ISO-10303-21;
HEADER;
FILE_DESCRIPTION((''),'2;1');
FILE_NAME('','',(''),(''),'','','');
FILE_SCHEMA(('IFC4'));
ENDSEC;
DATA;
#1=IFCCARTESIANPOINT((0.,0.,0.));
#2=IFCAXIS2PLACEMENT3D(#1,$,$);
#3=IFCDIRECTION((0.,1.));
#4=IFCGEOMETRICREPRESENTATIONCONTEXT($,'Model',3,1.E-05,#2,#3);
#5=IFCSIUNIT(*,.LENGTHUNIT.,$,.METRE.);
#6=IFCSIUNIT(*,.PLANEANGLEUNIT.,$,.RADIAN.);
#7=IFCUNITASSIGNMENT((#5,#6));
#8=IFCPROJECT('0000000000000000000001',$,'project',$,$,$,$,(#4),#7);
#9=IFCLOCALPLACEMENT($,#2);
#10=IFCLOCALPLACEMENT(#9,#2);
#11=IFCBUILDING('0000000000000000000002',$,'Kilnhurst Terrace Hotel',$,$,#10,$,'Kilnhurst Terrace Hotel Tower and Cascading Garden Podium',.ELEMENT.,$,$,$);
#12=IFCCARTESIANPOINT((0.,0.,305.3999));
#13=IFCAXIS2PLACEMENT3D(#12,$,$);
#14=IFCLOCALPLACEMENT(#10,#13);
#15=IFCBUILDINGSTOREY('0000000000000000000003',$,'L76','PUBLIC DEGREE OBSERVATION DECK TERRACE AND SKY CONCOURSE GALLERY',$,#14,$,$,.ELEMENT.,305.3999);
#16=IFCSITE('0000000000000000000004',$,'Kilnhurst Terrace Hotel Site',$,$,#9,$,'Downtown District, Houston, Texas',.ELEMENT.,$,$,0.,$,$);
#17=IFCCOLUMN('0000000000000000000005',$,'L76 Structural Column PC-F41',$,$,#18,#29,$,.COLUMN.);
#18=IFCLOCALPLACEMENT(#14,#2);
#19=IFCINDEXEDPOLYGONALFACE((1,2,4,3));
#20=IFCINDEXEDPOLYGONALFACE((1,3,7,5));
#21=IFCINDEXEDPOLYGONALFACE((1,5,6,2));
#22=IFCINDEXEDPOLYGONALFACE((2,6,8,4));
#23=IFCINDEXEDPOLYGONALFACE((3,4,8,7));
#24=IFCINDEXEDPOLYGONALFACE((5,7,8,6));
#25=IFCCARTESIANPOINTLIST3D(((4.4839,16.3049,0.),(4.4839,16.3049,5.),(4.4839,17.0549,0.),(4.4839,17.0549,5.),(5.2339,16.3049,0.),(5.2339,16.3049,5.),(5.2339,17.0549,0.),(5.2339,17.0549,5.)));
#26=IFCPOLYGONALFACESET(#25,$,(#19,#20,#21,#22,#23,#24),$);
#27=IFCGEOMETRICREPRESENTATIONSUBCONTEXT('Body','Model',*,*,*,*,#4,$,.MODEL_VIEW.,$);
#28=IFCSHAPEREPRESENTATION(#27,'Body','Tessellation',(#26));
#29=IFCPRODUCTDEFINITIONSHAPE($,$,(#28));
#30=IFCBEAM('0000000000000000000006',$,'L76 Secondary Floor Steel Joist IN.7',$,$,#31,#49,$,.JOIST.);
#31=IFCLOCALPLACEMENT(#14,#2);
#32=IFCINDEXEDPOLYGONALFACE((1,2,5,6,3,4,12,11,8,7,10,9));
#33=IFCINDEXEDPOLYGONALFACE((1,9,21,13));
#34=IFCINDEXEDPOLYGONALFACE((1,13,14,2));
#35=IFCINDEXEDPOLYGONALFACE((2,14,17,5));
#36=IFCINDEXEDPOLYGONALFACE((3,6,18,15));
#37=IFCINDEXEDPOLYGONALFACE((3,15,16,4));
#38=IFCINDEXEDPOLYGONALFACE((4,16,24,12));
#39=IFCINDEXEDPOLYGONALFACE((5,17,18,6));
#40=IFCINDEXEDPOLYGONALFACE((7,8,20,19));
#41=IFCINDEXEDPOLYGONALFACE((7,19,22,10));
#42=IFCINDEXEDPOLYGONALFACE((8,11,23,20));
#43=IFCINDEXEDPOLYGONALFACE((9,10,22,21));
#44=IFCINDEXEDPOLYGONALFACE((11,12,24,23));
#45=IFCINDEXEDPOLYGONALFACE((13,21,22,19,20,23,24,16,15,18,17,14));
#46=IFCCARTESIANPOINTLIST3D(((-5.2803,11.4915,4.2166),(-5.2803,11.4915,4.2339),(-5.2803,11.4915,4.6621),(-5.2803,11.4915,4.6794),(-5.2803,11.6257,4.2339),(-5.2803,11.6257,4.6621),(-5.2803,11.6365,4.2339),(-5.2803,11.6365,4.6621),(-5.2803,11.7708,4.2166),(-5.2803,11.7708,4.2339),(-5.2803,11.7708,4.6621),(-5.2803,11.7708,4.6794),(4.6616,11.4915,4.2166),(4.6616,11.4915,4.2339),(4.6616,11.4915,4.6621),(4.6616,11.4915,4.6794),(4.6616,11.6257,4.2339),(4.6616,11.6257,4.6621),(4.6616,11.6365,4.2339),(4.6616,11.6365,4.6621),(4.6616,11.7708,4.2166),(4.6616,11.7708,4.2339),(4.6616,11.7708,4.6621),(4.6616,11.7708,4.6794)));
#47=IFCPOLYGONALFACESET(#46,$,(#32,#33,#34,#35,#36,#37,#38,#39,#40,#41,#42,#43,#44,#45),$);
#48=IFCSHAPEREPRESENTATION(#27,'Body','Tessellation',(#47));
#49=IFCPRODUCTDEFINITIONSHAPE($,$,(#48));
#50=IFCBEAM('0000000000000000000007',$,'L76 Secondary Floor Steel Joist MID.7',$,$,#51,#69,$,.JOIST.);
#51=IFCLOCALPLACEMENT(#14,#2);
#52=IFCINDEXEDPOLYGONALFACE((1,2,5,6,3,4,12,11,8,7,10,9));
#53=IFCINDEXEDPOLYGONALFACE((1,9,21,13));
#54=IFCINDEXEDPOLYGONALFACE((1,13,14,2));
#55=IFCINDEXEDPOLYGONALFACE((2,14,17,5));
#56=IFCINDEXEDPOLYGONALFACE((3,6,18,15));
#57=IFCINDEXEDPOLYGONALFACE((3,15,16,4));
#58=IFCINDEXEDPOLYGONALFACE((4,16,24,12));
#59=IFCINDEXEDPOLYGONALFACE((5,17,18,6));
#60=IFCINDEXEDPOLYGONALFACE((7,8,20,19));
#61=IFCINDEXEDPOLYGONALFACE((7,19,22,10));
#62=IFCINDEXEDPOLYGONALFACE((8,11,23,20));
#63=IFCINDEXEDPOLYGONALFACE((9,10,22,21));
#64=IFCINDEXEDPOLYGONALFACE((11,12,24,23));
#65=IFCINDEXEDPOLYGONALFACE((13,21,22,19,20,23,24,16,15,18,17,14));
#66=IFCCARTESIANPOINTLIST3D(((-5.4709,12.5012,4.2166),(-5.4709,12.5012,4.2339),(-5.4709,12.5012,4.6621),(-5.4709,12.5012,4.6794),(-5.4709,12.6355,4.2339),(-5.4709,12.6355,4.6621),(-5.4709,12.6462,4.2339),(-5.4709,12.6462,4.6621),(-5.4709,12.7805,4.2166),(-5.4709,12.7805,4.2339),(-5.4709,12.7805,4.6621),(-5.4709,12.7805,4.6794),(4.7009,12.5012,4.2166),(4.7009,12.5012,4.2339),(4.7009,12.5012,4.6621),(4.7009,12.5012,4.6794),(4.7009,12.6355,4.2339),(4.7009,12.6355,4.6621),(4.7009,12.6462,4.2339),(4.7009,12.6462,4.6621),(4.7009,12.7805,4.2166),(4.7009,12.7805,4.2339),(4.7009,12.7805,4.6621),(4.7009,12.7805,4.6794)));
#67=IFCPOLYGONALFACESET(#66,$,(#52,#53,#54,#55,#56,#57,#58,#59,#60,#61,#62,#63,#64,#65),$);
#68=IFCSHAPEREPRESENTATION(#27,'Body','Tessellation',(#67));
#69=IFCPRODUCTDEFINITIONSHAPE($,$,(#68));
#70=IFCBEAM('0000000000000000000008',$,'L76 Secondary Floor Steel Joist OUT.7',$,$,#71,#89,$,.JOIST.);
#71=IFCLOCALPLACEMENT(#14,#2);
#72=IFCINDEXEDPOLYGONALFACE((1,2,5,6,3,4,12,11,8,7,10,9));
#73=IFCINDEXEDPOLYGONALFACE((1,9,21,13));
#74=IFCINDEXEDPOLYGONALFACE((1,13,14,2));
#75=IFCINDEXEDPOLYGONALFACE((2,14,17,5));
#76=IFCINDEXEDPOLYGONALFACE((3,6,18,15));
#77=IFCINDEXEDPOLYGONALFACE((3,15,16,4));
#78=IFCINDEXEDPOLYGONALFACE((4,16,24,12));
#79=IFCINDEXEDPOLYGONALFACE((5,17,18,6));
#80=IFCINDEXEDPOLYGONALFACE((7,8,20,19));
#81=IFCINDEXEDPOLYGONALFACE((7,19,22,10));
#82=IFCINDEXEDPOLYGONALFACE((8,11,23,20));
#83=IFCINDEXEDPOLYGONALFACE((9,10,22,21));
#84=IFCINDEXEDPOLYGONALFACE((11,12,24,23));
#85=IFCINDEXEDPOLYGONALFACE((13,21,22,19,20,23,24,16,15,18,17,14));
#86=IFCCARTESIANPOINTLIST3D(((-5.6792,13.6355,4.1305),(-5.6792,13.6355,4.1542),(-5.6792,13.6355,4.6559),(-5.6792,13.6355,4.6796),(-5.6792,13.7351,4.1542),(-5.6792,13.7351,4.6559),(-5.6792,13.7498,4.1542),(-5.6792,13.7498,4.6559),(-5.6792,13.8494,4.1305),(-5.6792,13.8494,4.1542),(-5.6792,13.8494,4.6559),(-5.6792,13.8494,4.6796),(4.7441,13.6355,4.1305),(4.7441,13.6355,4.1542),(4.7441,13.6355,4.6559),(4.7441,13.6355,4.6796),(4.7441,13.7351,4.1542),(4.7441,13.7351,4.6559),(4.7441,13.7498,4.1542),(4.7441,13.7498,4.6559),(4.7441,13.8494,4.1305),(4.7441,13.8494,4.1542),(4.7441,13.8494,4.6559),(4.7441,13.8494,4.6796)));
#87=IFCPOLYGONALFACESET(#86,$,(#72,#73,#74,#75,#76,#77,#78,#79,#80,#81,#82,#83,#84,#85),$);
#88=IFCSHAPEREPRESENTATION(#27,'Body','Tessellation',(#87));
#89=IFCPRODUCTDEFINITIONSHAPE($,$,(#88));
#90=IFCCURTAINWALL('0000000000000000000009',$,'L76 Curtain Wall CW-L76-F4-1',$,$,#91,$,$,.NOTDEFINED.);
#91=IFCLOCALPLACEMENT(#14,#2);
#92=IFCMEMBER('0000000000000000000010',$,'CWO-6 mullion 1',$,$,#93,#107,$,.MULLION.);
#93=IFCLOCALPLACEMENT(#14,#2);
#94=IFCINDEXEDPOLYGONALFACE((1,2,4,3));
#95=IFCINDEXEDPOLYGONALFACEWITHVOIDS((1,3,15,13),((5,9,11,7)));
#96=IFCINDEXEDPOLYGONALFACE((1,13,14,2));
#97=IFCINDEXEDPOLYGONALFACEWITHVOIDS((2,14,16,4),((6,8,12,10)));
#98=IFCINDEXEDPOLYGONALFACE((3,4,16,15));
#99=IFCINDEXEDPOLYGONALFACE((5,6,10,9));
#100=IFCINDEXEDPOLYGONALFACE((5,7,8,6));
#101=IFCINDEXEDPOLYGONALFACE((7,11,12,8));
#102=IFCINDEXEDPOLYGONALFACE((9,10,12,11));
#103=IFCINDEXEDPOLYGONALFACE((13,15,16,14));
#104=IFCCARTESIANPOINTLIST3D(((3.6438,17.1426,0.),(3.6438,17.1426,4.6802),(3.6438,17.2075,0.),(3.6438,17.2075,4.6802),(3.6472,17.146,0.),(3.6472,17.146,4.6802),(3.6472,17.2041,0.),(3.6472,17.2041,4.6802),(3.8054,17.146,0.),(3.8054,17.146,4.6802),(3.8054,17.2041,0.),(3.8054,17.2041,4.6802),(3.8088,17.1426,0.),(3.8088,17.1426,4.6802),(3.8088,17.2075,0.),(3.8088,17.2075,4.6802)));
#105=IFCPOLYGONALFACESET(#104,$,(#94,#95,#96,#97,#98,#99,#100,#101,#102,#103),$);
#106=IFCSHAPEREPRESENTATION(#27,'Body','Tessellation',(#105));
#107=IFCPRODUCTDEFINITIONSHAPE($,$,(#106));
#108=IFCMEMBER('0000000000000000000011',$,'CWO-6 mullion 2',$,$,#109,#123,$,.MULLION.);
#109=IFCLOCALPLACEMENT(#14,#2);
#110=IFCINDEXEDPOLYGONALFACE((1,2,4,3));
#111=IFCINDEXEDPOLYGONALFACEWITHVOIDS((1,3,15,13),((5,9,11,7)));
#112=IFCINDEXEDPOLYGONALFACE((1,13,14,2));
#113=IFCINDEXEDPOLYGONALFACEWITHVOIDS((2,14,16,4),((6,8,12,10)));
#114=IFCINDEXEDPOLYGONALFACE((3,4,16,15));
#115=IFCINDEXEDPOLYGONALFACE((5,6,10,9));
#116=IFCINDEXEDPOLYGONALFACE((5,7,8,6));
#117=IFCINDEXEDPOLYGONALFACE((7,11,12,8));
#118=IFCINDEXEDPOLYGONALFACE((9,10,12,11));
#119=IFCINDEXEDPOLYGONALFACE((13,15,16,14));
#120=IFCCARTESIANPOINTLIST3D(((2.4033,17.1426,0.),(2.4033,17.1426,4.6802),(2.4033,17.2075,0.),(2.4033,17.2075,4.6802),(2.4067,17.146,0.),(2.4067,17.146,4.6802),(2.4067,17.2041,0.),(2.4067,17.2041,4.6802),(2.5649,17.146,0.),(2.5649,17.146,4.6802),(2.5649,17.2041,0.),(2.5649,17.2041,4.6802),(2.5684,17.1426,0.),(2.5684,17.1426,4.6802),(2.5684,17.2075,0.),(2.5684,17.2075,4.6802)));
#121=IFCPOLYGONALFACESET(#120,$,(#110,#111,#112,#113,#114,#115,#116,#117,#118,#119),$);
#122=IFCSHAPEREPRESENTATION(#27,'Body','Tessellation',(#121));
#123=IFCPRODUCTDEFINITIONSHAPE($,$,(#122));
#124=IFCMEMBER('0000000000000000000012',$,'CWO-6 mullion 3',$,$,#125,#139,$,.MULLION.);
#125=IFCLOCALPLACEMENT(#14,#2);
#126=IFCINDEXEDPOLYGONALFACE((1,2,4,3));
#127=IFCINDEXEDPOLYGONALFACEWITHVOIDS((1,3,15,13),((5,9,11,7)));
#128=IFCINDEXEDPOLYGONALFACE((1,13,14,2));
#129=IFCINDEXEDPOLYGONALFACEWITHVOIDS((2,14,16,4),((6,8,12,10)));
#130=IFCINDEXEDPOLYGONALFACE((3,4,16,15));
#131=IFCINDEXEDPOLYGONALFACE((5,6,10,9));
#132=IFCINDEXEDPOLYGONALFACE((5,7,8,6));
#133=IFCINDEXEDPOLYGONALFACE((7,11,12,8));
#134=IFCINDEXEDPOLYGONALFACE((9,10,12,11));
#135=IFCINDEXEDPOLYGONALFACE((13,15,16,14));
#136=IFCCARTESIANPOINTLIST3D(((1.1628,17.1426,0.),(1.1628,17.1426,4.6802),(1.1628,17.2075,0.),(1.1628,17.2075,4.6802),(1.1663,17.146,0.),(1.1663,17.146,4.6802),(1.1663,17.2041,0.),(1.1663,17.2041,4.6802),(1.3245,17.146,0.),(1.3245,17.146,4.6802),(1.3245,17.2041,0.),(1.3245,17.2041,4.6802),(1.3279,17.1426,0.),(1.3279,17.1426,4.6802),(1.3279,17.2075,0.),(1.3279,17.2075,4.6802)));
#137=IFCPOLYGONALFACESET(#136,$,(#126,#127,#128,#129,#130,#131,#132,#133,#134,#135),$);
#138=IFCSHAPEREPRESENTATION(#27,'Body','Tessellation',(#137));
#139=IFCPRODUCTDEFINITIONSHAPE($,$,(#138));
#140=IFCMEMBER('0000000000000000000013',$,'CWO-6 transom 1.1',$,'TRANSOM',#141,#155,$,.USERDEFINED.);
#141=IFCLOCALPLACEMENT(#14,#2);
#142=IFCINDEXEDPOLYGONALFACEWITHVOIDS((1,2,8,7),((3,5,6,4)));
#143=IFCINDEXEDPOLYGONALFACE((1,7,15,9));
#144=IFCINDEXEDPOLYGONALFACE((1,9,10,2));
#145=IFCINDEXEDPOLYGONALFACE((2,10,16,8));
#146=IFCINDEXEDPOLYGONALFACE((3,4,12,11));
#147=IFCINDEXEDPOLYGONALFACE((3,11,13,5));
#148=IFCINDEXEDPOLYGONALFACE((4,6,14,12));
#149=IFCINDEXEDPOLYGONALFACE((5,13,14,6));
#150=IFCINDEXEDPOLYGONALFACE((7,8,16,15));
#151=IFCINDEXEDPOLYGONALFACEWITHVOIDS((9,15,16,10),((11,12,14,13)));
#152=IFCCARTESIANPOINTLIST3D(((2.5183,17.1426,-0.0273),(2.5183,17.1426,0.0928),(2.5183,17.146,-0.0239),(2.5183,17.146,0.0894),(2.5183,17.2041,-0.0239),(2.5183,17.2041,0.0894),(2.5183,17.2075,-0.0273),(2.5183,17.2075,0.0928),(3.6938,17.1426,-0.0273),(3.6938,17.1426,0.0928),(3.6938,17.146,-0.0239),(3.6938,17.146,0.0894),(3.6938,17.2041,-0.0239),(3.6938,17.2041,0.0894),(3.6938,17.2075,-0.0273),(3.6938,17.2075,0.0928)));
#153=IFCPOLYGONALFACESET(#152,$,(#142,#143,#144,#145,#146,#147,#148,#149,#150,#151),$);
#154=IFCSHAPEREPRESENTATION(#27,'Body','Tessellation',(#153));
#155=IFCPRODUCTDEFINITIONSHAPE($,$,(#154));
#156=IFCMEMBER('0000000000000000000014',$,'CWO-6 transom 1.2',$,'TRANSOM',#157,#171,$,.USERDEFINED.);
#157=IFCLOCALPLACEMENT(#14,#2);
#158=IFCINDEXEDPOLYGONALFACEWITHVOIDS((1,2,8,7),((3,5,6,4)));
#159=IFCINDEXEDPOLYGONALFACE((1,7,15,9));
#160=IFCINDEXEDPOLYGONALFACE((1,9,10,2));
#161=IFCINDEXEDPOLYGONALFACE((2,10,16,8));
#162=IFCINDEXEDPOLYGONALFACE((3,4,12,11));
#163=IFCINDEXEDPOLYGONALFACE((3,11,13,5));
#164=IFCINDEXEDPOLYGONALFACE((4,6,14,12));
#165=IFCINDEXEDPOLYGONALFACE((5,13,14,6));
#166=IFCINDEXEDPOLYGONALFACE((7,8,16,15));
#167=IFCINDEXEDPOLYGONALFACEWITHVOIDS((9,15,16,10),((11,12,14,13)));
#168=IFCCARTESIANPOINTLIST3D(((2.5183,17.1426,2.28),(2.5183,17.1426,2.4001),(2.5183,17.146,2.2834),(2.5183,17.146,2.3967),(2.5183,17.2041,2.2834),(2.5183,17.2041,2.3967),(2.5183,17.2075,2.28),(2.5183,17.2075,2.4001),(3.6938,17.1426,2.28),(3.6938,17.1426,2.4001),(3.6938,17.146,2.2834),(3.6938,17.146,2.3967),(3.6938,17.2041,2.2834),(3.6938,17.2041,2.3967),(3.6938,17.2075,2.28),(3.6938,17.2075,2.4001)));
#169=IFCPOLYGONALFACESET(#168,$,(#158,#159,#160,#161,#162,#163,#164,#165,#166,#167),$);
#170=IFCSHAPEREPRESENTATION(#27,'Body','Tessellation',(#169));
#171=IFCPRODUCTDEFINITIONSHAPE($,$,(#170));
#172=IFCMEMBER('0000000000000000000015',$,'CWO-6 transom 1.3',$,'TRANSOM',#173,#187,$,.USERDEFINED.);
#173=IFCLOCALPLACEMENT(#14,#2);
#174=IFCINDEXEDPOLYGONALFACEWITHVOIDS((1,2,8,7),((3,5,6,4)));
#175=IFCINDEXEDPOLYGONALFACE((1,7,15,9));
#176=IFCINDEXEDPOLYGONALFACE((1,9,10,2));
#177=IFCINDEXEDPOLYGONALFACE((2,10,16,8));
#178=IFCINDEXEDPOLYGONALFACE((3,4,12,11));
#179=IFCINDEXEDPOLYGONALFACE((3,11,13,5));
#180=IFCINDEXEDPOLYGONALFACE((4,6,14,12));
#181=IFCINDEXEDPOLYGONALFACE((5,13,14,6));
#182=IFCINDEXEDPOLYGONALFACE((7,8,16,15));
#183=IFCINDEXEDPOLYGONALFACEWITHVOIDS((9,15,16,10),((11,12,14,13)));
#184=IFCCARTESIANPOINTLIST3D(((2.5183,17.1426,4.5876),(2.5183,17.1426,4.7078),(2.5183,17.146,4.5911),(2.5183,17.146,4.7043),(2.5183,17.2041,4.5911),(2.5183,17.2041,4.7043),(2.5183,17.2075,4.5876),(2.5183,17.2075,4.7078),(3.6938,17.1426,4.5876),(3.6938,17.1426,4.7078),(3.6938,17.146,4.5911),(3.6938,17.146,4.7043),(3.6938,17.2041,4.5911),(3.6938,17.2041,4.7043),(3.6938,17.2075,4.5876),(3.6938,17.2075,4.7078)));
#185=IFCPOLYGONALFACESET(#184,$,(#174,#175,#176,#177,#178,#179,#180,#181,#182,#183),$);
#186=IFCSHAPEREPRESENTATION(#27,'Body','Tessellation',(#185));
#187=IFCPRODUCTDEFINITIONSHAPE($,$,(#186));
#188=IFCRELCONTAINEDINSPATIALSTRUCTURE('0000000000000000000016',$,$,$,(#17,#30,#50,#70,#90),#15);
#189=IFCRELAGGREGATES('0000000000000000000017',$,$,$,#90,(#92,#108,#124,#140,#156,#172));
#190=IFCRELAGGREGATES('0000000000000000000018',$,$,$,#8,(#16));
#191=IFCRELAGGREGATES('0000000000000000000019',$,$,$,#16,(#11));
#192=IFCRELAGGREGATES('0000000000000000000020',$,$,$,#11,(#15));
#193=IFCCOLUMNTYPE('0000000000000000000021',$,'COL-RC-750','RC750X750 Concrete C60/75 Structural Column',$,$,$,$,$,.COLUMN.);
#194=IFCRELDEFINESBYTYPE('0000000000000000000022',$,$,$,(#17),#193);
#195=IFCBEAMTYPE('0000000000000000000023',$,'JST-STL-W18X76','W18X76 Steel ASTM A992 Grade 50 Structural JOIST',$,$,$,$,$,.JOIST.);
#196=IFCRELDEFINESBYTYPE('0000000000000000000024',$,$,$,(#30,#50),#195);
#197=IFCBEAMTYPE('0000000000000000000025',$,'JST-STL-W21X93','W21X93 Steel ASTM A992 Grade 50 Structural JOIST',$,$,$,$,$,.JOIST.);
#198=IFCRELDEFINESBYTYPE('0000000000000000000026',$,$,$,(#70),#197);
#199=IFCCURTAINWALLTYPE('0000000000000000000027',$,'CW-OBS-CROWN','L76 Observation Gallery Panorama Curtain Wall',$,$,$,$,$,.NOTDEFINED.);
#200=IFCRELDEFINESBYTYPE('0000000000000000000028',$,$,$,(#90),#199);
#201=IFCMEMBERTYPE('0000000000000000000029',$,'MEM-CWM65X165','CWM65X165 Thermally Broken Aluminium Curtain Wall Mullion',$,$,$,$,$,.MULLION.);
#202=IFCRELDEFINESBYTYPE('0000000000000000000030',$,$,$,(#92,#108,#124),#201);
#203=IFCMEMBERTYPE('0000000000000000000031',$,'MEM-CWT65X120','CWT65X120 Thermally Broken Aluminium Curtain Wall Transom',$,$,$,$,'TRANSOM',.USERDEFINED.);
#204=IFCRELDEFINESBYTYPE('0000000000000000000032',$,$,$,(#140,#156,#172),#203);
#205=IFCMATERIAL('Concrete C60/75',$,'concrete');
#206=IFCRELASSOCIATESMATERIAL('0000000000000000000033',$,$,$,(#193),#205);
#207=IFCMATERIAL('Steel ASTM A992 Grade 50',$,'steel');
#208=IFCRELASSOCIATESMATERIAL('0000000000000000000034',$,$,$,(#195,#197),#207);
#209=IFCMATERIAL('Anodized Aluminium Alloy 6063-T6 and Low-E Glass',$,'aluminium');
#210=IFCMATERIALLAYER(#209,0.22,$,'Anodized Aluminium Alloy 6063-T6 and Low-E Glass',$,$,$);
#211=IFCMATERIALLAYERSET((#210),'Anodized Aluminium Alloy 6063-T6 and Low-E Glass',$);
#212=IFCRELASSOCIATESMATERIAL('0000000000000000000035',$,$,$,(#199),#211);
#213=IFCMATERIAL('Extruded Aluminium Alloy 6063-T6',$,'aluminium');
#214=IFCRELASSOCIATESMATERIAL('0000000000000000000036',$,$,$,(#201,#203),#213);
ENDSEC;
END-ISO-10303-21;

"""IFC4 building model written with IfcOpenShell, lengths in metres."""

from ifc_helpers import new_model, si_unit, direction, frame, origin, origin_2d, place, context, subcontext, project, spatial, rectangle, hollow_rectangle, i_section, extrude, material, layer, layer_set, material_profile, profile_set, type_object, element, aggregate, save


model = new_model("IFC4")

# Units and contexts
model_context = context("Model", 3, precision=1e-05, world=origin(), true_north=direction((0.0, 1.0)))
body_context = subcontext(model_context, "Body", "Model", "MODEL_VIEW")
ifc_project = project(units=[si_unit("LENGTHUNIT", "METRE"), si_unit("PLANEANGLEUNIT", "RADIAN")], contexts=[model_context])

# Site, building, storey
site_placement = place(None, origin())
site = spatial("IfcSite", under=ifc_project, at=site_placement, Name="Kilnhurst Terrace Hotel Site", LongName="Downtown District, Houston, Texas", CompositionType="ELEMENT", RefElevation=0.0)
building_placement = place(site_placement, origin())
building = spatial("IfcBuilding", under=site, at=building_placement, Name="Kilnhurst Terrace Hotel", LongName="Kilnhurst Terrace Hotel Tower and Cascading Garden Podium", CompositionType="ELEMENT")
storey_placement = place(building_placement, frame((0.0, 0.0, 305.3999)))
storey = spatial("IfcBuildingStorey", under=building, at=storey_placement, Name="L76", Description="PUBLIC DEGREE OBSERVATION DECK TERRACE AND SKY CONCOURSE GALLERY", CompositionType="ELEMENT", Elevation=305.3999)

# Column
ifc_material_1 = material(Name="Concrete C60/75", Category="concrete")
ifc_material_profile_1 = material_profile(ifc_material_1, rectangle(XDim=0.75, YDim=0.75, at=origin_2d()), Name="RC750X750")
ifc_profile_set_1 = profile_set([ifc_material_profile_1], Name="Concrete C60/75")
column_type = type_object("IfcColumnType", Name="COL-RC-750", Description="RC750X750 Concrete C60/75 Structural Column", PredefinedType="COLUMN", material=ifc_profile_set_1)
column_placement = place(storey_placement, frame((4.8589, 16.6799, 0.0), z_axis=(0.0, 0.0, 1.0), x_axis=(1.0, 0.0, 0.0)))
element("IfcColumn", 1, at=column_placement, inside=storey, type_object=column_type, Name="L76 Structural Column PC-F41", PredefinedType="COLUMN", context=body_context, shape_type="SweptSolid", body=[
    extrude(rectangle(XDim=0.75, YDim=0.75, at=origin_2d()), origin(), (0.0, 0.0, 1.0), 5.0),
])

# Beams
ifc_material_2 = material(Name="Steel ASTM A992 Grade 50", Category="steel")
ifc_material_profile_2 = material_profile(ifc_material_2, i_section(OverallWidth=0.2793, OverallDepth=0.4629, WebThickness=0.0107, FlangeThickness=0.0173, at=origin_2d()), Name="W18X76")
ifc_profile_set_2 = profile_set([ifc_material_profile_2], Name="Steel ASTM A992 Grade 50")
beam_type_1 = type_object("IfcBeamType", Name="JST-STL-W18X76", Description="W18X76 Steel ASTM A992 Grade 50 Structural JOIST", PredefinedType="JOIST", material=ifc_profile_set_2)
beam_1_placement = place(storey_placement, frame((4.6616, 11.6311, 4.448), z_axis=(-1.0, 0.0, 0.0), x_axis=(0.0, -1.0, 0.0)))
element("IfcBeam", 2, at=beam_1_placement, inside=storey, type_object=beam_type_1, Name="L76 Secondary Floor Steel Joist IN.7", PredefinedType="JOIST", context=body_context, shape_type="SweptSolid", body=[
    extrude(i_section(OverallWidth=0.2793, OverallDepth=0.4629, WebThickness=0.0107, FlangeThickness=0.0173, at=origin_2d()), origin(), (0.0, 0.0, 1.0), 9.9419),
])
beam_2_placement = place(storey_placement, frame((4.7009, 12.6409, 4.448), z_axis=(-1.0, 0.0, 0.0), x_axis=(0.0, -1.0, 0.0)))
element("IfcBeam", 3, at=beam_2_placement, inside=storey, type_object=beam_type_1, Name="L76 Secondary Floor Steel Joist MID.7", PredefinedType="JOIST", context=body_context, shape_type="SweptSolid", body=[
    extrude(i_section(OverallWidth=0.2793, OverallDepth=0.4629, WebThickness=0.0107, FlangeThickness=0.0173, at=origin_2d()), origin(), (0.0, 0.0, 1.0), 10.1719),
])
ifc_material_profile_3 = material_profile(ifc_material_2, i_section(OverallWidth=0.2139, OverallDepth=0.5491, WebThickness=0.0146, FlangeThickness=0.0237, at=origin_2d()), Name="W21X93")
ifc_profile_set_3 = profile_set([ifc_material_profile_3], Name="Steel ASTM A992 Grade 50")
beam_type_2 = type_object("IfcBeamType", Name="JST-STL-W21X93", Description="W21X93 Steel ASTM A992 Grade 50 Structural JOIST", PredefinedType="JOIST", material=ifc_profile_set_3)
beam_3_placement = place(storey_placement, frame((4.7441, 13.7424, 4.405), z_axis=(-1.0, 0.0, 0.0), x_axis=(0.0, -1.0, 0.0)))
element("IfcBeam", 4, at=beam_3_placement, inside=storey, type_object=beam_type_2, Name="L76 Secondary Floor Steel Joist OUT.7", PredefinedType="JOIST", context=body_context, shape_type="SweptSolid", body=[
    extrude(i_section(OverallWidth=0.2139, OverallDepth=0.5491, WebThickness=0.0146, FlangeThickness=0.0237, at=origin_2d()), origin(), (0.0, 0.0, 1.0), 10.4233),
])

# Curtain wall, members
ifc_material_3 = material(Name="Anodized Aluminium Alloy 6063-T6 and Low-E Glass", Category="aluminium")
ifc_layer_1 = layer(ifc_material_3, 0.22, Name="Anodized Aluminium Alloy 6063-T6 and Low-E Glass")
ifc_layer_set_1 = layer_set([ifc_layer_1], Name="Anodized Aluminium Alloy 6063-T6 and Low-E Glass")
curtain_wall_type = type_object("IfcCurtainWallType", Name="CW-OBS-CROWN", Description="L76 Observation Gallery Panorama Curtain Wall", PredefinedType="NOTDEFINED", material=ifc_layer_set_1)
curtain_wall_placement = place(storey_placement, origin())
curtain_wall = element("IfcCurtainWall", 5, at=curtain_wall_placement, inside=storey, type_object=curtain_wall_type, Name="L76 Curtain Wall CW-L76-F4-1", PredefinedType="NOTDEFINED")
ifc_material_4 = material(Name="Extruded Aluminium Alloy 6063-T6", Category="aluminium")
ifc_material_profile_4 = material_profile(ifc_material_4, hollow_rectangle(XDim=0.0649, YDim=0.165, WallThickness=0.0034, at=origin_2d()), Name="CWM65X165")
ifc_profile_set_4 = profile_set([ifc_material_profile_4], Name="Extruded Aluminium Alloy 6063-T6")
member_type_1 = type_object("IfcMemberType", Name="MEM-CWM65X165", Description="CWM65X165 Thermally Broken Aluminium Curtain Wall Mullion", PredefinedType="MULLION", material=ifc_profile_set_4)
member_1_placement = place(storey_placement, frame((3.7263, 17.175, 0.0), z_axis=(0.0, 0.0, 1.0), x_axis=(0.0, -1.0, 0.0)))
member_1 = element("IfcMember", 6, at=member_1_placement, type_object=member_type_1, Name="CWO-6 mullion 1", PredefinedType="MULLION", context=body_context, shape_type="SweptSolid", body=[
    extrude(hollow_rectangle(XDim=0.0649, YDim=0.165, WallThickness=0.0034, at=origin_2d()), origin(), (0.0, 0.0, 1.0), 4.6802),
])
member_2_placement = place(storey_placement, frame((2.4858, 17.175, 0.0), z_axis=(0.0, 0.0, 1.0), x_axis=(0.0, -1.0, 0.0)))
member_2 = element("IfcMember", 7, at=member_2_placement, type_object=member_type_1, Name="CWO-6 mullion 2", PredefinedType="MULLION", context=body_context, shape_type="SweptSolid", body=[
    extrude(hollow_rectangle(XDim=0.0649, YDim=0.165, WallThickness=0.0034, at=origin_2d()), origin(), (0.0, 0.0, 1.0), 4.6802),
])
member_3_placement = place(storey_placement, frame((1.2454, 17.175, 0.0), z_axis=(0.0, 0.0, 1.0), x_axis=(0.0, -1.0, 0.0)))
member_3 = element("IfcMember", 8, at=member_3_placement, type_object=member_type_1, Name="CWO-6 mullion 3", PredefinedType="MULLION", context=body_context, shape_type="SweptSolid", body=[
    extrude(hollow_rectangle(XDim=0.0649, YDim=0.165, WallThickness=0.0034, at=origin_2d()), origin(), (0.0, 0.0, 1.0), 4.6802),
])
ifc_material_profile_5 = material_profile(ifc_material_4, hollow_rectangle(XDim=0.0649, YDim=0.1201, WallThickness=0.0034, at=origin_2d()), Name="CWT65X120")
ifc_profile_set_5 = profile_set([ifc_material_profile_5], Name="Extruded Aluminium Alloy 6063-T6")
member_type_2 = type_object("IfcMemberType", Name="MEM-CWT65X120", Description="CWT65X120 Thermally Broken Aluminium Curtain Wall Transom", ElementType="TRANSOM", PredefinedType="USERDEFINED", material=ifc_profile_set_5)
member_4_placement = place(storey_placement, frame((3.6938, 17.175, 0.0327), z_axis=(-1.0, 0.0, 0.0), x_axis=(0.0, -1.0, 0.0)))
member_4 = element("IfcMember", 9, at=member_4_placement, type_object=member_type_2, Name="CWO-6 transom 1.1", ObjectType="TRANSOM", PredefinedType="USERDEFINED", context=body_context, shape_type="SweptSolid", body=[
    extrude(hollow_rectangle(XDim=0.0649, YDim=0.1201, WallThickness=0.0034, at=origin_2d()), origin(), (0.0, 0.0, 1.0), 1.1755),
])
member_5_placement = place(storey_placement, frame((3.6938, 17.175, 2.3401), z_axis=(-1.0, 0.0, 0.0), x_axis=(0.0, -1.0, 0.0)))
member_5 = element("IfcMember", 10, at=member_5_placement, type_object=member_type_2, Name="CWO-6 transom 1.2", ObjectType="TRANSOM", PredefinedType="USERDEFINED", context=body_context, shape_type="SweptSolid", body=[
    extrude(hollow_rectangle(XDim=0.0649, YDim=0.1201, WallThickness=0.0034, at=origin_2d()), origin(), (0.0, 0.0, 1.0), 1.1755),
])
member_6_placement = place(storey_placement, frame((3.6938, 17.175, 4.6477), z_axis=(-1.0, 0.0, 0.0), x_axis=(0.0, -1.0, 0.0)))
member_6 = element("IfcMember", 11, at=member_6_placement, type_object=member_type_2, Name="CWO-6 transom 1.3", ObjectType="TRANSOM", PredefinedType="USERDEFINED", context=body_context, shape_type="SweptSolid", body=[
    extrude(hollow_rectangle(XDim=0.0649, YDim=0.1201, WallThickness=0.0034, at=origin_2d()), origin(), (0.0, 0.0, 1.0), 1.1755),
])

aggregate(curtain_wall, [member_1, member_2, member_3, member_4, member_5, member_6])

save(model, "model.ifc")
